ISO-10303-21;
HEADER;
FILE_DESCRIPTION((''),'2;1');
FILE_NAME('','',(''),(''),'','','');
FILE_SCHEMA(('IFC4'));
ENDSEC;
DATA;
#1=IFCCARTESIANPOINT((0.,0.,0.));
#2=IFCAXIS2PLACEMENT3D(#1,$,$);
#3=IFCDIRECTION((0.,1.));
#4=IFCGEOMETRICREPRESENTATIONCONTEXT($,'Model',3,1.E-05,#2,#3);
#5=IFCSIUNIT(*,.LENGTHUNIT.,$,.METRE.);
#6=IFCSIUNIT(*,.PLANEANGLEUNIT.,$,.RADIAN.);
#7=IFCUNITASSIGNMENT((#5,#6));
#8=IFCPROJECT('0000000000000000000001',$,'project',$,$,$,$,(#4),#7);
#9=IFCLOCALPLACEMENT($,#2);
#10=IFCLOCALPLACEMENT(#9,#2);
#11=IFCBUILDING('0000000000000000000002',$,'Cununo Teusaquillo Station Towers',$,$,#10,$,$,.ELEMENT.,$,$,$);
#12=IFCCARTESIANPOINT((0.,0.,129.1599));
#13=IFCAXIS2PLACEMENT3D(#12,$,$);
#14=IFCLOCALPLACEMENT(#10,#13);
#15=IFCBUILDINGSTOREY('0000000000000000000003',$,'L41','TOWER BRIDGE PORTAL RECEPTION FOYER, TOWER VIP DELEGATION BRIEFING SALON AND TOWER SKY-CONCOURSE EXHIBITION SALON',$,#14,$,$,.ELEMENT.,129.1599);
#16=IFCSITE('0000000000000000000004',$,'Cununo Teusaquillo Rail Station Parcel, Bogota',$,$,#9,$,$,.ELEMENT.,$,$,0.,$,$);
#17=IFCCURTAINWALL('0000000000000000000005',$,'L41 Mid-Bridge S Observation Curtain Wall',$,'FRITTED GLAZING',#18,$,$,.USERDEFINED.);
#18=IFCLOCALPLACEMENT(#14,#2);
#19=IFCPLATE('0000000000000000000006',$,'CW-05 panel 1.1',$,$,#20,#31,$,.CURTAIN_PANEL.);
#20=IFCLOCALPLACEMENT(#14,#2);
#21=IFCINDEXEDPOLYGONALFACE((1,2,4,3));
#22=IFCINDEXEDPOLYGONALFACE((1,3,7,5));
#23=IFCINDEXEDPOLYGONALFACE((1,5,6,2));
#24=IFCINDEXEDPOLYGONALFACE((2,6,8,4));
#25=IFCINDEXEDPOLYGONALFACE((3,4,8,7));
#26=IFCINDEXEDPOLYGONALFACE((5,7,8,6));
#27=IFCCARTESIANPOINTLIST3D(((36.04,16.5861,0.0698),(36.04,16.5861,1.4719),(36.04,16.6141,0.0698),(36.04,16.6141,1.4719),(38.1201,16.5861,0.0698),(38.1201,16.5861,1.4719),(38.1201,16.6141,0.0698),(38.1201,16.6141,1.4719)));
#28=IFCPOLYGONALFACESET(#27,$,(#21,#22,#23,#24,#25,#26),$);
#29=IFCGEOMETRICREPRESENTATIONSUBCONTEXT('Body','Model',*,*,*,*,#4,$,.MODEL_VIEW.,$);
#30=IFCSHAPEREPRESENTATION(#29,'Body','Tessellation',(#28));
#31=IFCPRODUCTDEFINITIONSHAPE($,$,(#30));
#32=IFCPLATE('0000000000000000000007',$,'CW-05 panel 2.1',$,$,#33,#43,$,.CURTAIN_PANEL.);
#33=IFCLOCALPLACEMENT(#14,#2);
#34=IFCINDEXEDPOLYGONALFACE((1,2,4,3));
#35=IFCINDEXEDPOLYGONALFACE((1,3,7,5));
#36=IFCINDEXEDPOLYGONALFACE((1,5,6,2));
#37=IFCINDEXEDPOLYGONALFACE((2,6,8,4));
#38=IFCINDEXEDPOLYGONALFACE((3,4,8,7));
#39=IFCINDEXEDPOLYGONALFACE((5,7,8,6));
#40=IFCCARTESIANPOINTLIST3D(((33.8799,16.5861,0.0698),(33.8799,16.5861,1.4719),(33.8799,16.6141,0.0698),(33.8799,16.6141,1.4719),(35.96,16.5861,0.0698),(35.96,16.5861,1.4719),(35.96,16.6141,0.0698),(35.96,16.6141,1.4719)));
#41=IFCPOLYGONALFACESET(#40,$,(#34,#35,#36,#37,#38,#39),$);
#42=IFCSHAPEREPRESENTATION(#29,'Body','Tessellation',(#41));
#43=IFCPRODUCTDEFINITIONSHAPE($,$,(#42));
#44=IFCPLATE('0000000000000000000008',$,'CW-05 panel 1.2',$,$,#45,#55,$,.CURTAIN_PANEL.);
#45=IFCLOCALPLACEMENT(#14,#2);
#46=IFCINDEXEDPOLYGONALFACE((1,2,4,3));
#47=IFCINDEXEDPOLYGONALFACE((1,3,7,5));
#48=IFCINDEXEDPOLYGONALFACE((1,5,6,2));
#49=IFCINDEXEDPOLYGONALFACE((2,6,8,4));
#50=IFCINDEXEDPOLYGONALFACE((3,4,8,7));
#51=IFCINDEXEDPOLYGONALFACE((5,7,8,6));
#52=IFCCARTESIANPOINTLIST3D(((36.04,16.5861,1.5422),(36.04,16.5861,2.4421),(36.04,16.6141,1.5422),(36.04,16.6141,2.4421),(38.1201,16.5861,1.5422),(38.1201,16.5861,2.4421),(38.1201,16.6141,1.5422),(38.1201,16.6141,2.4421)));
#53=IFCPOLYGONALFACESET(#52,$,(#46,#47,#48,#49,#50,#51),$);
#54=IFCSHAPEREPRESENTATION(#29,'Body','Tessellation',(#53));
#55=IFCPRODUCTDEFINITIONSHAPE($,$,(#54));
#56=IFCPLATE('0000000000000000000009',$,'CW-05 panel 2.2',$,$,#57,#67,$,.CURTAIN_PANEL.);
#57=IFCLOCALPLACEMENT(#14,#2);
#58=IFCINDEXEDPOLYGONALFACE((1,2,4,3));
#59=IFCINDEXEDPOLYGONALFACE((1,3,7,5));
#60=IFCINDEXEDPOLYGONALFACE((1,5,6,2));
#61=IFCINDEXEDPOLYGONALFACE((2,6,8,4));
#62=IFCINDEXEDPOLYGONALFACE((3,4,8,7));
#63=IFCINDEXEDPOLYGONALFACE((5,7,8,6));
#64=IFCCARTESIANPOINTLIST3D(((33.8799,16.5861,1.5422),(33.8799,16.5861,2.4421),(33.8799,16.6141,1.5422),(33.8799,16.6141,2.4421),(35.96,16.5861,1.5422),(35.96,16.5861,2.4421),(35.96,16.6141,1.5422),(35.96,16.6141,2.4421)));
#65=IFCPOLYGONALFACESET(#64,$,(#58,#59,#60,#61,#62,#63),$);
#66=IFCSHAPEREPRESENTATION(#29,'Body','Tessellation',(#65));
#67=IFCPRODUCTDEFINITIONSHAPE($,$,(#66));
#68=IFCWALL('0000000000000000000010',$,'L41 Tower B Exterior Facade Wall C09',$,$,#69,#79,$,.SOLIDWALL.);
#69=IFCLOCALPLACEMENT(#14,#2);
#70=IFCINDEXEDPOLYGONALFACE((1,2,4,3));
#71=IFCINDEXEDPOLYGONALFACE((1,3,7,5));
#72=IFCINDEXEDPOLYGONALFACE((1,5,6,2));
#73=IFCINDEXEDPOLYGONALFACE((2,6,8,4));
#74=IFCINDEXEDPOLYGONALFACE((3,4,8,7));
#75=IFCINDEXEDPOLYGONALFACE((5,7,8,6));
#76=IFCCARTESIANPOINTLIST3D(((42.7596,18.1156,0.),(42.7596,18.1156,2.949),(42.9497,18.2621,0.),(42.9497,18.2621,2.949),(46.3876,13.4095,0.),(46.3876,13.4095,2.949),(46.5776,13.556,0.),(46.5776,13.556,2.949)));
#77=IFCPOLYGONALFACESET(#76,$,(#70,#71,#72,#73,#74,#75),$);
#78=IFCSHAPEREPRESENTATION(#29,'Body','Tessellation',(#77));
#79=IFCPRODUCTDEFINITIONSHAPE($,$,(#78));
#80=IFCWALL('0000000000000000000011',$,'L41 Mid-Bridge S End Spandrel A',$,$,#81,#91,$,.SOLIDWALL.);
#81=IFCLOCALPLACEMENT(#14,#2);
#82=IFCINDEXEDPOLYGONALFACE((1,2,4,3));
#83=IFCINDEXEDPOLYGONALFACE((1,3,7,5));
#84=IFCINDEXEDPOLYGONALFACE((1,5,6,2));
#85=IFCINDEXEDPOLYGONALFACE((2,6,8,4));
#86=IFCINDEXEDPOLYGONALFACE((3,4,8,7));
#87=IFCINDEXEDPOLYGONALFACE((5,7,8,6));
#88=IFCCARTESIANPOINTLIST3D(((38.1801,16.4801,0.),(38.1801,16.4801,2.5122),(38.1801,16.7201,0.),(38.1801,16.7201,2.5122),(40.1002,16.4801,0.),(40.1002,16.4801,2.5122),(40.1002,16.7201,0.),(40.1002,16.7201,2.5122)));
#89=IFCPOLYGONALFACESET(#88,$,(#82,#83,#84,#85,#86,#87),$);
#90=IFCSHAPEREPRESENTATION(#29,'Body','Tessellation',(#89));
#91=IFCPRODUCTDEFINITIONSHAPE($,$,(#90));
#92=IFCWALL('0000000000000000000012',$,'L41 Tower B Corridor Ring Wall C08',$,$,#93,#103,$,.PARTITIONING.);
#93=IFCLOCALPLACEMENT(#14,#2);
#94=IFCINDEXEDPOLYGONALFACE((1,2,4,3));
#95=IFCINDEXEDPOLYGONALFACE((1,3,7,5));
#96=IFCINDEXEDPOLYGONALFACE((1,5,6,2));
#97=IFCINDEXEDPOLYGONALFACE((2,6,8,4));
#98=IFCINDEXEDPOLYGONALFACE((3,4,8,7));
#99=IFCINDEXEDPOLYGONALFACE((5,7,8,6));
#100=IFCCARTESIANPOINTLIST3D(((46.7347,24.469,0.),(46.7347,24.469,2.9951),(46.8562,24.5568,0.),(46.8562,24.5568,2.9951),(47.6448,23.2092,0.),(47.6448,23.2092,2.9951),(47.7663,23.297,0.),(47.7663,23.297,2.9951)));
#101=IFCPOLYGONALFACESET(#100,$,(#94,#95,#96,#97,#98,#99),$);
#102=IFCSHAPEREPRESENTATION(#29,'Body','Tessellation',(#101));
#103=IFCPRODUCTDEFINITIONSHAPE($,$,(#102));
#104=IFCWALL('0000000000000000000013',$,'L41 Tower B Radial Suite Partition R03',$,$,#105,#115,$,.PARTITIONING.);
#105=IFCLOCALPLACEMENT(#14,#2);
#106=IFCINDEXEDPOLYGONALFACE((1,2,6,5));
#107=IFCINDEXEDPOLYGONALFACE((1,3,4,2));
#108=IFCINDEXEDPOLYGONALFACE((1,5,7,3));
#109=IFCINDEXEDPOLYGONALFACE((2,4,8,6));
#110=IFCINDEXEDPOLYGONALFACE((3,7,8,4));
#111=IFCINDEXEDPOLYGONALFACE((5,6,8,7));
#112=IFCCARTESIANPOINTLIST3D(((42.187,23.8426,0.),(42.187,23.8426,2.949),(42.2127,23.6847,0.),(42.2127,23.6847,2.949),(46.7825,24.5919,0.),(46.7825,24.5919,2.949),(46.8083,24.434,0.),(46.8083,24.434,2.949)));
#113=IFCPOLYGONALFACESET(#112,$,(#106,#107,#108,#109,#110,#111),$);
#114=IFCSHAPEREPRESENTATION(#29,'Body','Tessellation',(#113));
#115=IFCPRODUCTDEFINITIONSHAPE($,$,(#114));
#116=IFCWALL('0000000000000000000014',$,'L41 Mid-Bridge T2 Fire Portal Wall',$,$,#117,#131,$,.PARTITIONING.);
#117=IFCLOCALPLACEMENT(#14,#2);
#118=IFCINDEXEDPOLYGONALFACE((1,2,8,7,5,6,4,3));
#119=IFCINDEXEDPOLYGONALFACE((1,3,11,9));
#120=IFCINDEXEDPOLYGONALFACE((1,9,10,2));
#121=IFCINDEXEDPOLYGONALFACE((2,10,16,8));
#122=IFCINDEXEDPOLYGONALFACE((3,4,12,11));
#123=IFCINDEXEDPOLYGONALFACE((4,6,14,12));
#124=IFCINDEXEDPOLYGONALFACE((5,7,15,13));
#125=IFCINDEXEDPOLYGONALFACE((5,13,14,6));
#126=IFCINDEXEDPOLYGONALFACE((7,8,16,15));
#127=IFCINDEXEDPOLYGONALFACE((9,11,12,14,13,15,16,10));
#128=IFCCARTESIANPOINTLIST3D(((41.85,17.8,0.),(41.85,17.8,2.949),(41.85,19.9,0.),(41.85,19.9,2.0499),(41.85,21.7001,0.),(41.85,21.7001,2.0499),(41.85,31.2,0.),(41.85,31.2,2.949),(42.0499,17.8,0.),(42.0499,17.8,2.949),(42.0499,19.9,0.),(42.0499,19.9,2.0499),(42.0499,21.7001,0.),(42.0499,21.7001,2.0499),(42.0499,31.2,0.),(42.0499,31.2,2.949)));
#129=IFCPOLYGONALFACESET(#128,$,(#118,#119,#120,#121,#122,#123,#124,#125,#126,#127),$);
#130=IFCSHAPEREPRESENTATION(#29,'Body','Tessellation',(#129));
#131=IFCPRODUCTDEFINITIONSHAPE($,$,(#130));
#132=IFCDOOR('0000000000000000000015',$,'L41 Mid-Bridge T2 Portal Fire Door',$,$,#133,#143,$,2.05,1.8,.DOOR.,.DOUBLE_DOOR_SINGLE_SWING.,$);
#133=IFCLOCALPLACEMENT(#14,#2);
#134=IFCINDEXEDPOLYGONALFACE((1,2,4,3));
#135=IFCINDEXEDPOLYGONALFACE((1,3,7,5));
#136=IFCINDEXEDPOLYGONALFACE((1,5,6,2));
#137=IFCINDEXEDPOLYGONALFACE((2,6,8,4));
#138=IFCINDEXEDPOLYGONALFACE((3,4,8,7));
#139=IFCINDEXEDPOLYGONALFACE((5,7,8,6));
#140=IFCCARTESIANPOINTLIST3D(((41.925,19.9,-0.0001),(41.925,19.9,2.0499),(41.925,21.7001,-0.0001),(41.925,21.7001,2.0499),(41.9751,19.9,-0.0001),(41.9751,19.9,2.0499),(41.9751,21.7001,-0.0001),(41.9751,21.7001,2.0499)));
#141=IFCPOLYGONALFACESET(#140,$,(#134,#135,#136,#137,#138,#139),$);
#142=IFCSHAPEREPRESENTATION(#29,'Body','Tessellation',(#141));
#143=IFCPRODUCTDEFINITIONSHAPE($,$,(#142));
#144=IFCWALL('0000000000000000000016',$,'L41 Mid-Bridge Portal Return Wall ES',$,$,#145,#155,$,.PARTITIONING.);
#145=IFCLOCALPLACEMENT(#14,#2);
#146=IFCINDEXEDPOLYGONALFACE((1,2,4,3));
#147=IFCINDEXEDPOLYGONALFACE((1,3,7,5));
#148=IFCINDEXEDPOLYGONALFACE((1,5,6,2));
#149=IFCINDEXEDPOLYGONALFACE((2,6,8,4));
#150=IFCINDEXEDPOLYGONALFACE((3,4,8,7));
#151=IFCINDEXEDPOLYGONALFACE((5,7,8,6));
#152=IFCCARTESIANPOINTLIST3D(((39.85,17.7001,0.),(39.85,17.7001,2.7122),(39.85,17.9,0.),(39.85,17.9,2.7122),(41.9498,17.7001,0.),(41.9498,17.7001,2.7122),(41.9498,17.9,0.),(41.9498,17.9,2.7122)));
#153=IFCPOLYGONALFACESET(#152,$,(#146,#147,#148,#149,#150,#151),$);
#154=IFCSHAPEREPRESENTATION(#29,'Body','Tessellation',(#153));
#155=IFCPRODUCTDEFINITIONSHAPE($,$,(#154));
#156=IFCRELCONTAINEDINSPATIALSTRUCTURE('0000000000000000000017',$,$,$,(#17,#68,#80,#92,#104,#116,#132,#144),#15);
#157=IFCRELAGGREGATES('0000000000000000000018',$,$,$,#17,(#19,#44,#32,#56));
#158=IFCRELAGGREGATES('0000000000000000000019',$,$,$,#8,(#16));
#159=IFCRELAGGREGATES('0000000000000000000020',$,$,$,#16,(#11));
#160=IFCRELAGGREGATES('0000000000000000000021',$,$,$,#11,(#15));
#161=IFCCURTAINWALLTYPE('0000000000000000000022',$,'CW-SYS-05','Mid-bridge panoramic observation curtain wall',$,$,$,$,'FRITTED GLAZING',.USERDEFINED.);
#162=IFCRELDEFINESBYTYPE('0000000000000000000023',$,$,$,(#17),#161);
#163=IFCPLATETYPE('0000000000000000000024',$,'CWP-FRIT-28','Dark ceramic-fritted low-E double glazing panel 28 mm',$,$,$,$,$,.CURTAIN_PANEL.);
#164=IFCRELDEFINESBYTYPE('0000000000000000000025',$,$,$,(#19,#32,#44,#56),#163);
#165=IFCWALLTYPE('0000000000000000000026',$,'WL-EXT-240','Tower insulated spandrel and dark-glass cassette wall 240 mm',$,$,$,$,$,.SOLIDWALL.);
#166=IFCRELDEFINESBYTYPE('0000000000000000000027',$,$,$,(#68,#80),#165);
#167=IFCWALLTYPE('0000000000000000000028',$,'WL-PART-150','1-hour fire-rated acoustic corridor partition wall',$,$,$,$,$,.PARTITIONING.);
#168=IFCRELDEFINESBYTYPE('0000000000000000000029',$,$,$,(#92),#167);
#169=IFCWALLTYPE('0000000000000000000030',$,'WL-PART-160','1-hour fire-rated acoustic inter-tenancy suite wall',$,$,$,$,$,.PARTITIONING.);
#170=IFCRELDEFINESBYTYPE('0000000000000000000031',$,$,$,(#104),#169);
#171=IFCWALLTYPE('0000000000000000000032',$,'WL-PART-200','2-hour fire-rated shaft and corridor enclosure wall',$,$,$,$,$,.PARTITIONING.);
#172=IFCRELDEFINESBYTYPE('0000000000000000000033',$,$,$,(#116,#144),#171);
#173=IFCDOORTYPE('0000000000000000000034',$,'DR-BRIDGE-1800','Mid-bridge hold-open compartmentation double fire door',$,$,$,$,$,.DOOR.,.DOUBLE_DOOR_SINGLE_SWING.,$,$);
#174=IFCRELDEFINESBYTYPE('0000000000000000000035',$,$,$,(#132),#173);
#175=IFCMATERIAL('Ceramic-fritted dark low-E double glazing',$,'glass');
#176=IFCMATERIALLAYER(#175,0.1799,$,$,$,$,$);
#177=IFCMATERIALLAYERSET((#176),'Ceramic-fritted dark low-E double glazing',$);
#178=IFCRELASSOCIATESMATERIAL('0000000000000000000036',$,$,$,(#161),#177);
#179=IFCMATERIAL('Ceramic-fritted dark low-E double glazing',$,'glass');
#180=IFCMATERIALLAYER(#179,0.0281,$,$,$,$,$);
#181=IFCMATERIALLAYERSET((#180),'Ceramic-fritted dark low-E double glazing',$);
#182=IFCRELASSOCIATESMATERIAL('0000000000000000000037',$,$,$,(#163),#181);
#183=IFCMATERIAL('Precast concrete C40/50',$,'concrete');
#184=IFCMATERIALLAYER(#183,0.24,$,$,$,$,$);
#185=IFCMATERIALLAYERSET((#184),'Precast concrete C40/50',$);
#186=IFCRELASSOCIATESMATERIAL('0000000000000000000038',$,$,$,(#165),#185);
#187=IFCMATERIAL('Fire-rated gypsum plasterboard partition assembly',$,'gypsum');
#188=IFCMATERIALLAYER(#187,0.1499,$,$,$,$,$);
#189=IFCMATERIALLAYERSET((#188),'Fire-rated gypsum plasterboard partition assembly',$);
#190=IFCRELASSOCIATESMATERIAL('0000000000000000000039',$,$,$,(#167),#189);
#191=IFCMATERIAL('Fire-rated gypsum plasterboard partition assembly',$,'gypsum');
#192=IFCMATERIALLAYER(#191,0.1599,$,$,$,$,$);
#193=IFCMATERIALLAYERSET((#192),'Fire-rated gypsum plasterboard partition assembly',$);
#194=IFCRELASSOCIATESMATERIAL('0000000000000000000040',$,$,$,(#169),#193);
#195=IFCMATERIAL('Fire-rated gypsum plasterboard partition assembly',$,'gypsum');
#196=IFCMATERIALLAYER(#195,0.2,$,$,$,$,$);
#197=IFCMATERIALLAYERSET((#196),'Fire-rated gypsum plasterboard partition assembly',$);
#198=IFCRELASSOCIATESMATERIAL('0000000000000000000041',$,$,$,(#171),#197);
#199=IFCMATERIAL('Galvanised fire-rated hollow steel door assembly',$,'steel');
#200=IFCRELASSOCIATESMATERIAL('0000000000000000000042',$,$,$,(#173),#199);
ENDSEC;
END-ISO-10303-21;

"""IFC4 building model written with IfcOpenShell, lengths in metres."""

from ifc_helpers import new_model, si_unit, direction, frame, frame_2d, origin, origin_2d, place, context, subcontext, project, spatial, rectangle, extrude, source, transform, mapped, material, layer, layer_set, type_object, element, fill, aggregate, save


model = new_model("IFC4")

# Units and contexts
model_context = context("Model", 3, precision=1e-05, world=origin(), true_north=direction((0.0, 1.0)))
body_context = subcontext(model_context, "Body", "Model", "MODEL_VIEW")
ifc_project = project(units=[si_unit("LENGTHUNIT", "METRE"), si_unit("PLANEANGLEUNIT", "RADIAN")], contexts=[model_context])

# Site, building, storey
site_placement = place(None, origin())
site = spatial("IfcSite", under=ifc_project, at=site_placement, Name="Cununo Teusaquillo Rail Station Parcel, Bogota", CompositionType="ELEMENT", RefElevation=0.0)
building_placement = place(site_placement, origin())
building = spatial("IfcBuilding", under=site, at=building_placement, Name="Cununo Teusaquillo Station Towers", CompositionType="ELEMENT")
storey_placement = place(building_placement, frame((0.0, 0.0, 129.1599)))
storey = spatial("IfcBuildingStorey", under=building, at=storey_placement, Name="L41", Description="TOWER BRIDGE PORTAL RECEPTION FOYER, TOWER VIP DELEGATION BRIEFING SALON AND TOWER SKY-CONCOURSE EXHIBITION SALON", CompositionType="ELEMENT", Elevation=129.1599)

# Curtain wall
ifc_material_1 = material(Name="Ceramic-fritted dark low-E double glazing", Category="glass")
ifc_layer_1 = layer(ifc_material_1, 0.1799)
ifc_layer_set_1 = layer_set([ifc_layer_1], Name="Ceramic-fritted dark low-E double glazing")
curtain_wall_type = type_object("IfcCurtainWallType", Name="CW-SYS-05", Description="Mid-bridge panoramic observation curtain wall", ElementType="FRITTED GLAZING", PredefinedType="USERDEFINED", material=ifc_layer_set_1)
curtain_wall_placement = place(storey_placement, origin())
curtain_wall = element("IfcCurtainWall", 1, at=curtain_wall_placement, inside=storey, type_object=curtain_wall_type, Name="L41 Mid-Bridge S Observation Curtain Wall", ObjectType="FRITTED GLAZING", PredefinedType="USERDEFINED")

# Plates
ifc_material_2 = material(Name="Ceramic-fritted dark low-E double glazing", Category="glass")
ifc_layer_2 = layer(ifc_material_2, 0.0281)
ifc_layer_set_2 = layer_set([ifc_layer_2], Name="Ceramic-fritted dark low-E double glazing")
plate_type_1 = type_object("IfcPlateType", Name="CWP-FRIT-28", Description="Dark ceramic-fritted low-E double glazing panel 28 mm", PredefinedType="CURTAIN_PANEL", material=ifc_layer_set_2)
shared_shape_1 = source(origin(), body_context, "Body", "SweptSolid", [
    extrude(rectangle(XDim=2.0801, YDim=0.0281, at=origin_2d()), origin(), (0.0, 0.0, 1.0), 1.4021),
])
plate_1_placement = place(storey_placement, frame((37.0801, 16.6001, 0.0698), z_axis=(0.0, 0.0, 1.0), x_axis=(-1.0, 0.0, 0.0)))
plate_1 = element("IfcPlate", 2, at=plate_1_placement, type_object=plate_type_1, Name="CW-05 panel 1.1", PredefinedType="CURTAIN_PANEL", context=body_context, shape_type="MappedRepresentation", body=[
    mapped(shared_shape_1, transform((0.0, 0.0, 0.0), x_axis=(1.0, 0.0, 0.0), y_axis=(0.0, 1.0, 0.0), z_axis=(0.0, 0.0, 1.0), scale=1.0)),
])
plate_2_placement = place(storey_placement, frame((34.9199, 16.6001, 0.0698), z_axis=(0.0, 0.0, 1.0), x_axis=(-1.0, 0.0, 0.0)))
plate_2 = element("IfcPlate", 3, at=plate_2_placement, type_object=plate_type_1, Name="CW-05 panel 2.1", PredefinedType="CURTAIN_PANEL", context=body_context, shape_type="MappedRepresentation", body=[
    mapped(shared_shape_1, transform((0.0, 0.0, 0.0), x_axis=(1.0, 0.0, 0.0), y_axis=(0.0, 1.0, 0.0), z_axis=(0.0, 0.0, 1.0), scale=1.0)),
])
shared_shape_2 = source(origin(), body_context, "Body", "SweptSolid", [
    extrude(rectangle(XDim=2.0801, YDim=0.0281, at=origin_2d()), origin(), (0.0, 0.0, 1.0), 0.8999),
])
plate_3_placement = place(storey_placement, frame((37.0801, 16.6001, 1.5422), z_axis=(0.0, 0.0, 1.0), x_axis=(-1.0, 0.0, 0.0)))
plate_3 = element("IfcPlate", 4, at=plate_3_placement, type_object=plate_type_1, Name="CW-05 panel 1.2", PredefinedType="CURTAIN_PANEL", context=body_context, shape_type="MappedRepresentation", body=[
    mapped(shared_shape_2, transform((0.0, 0.0, 0.0), x_axis=(1.0, 0.0, 0.0), y_axis=(0.0, 1.0, 0.0), z_axis=(0.0, 0.0, 1.0), scale=1.0)),
])
plate_4_placement = place(storey_placement, frame((34.9199, 16.6001, 1.5422), z_axis=(0.0, 0.0, 1.0), x_axis=(-1.0, 0.0, 0.0)))
plate_4 = element("IfcPlate", 5, at=plate_4_placement, type_object=plate_type_1, Name="CW-05 panel 2.2", PredefinedType="CURTAIN_PANEL", context=body_context, shape_type="MappedRepresentation", body=[
    mapped(shared_shape_2, transform((0.0, 0.0, 0.0), x_axis=(1.0, 0.0, 0.0), y_axis=(0.0, 1.0, 0.0), z_axis=(0.0, 0.0, 1.0), scale=1.0)),
])
aggregate(curtain_wall, [plate_1, plate_3, plate_2, plate_4])

# Walls
ifc_material_3 = material(Name="Precast concrete C40/50", Category="concrete")
ifc_layer_3 = layer(ifc_material_3, 0.24)
ifc_layer_set_3 = layer_set([ifc_layer_3], Name="Precast concrete C40/50")
wall_type_1 = type_object("IfcWallType", Name="WL-EXT-240", Description="Tower insulated spandrel and dark-glass cassette wall 240 mm", PredefinedType="SOLIDWALL", material=ifc_layer_set_3)
wall_1_placement = place(storey_placement, frame((46.4827, 13.4827, 0.0), z_axis=(0.0, 0.0, 1.0), x_axis=(-0.610544, 0.791982, 0.0)))
element("IfcWall", 6, at=wall_1_placement, inside=storey, type_object=wall_type_1, Name="L41 Tower B Exterior Facade Wall C09", PredefinedType="SOLIDWALL", context=body_context, shape_type="SweptSolid", body=[
    extrude(rectangle(XDim=5.9421, YDim=0.24, at=frame_2d((2.9712, 0.0))), origin(), (0.0, 0.0, 1.0), 2.949),
])
wall_2_placement = place(storey_placement, frame((40.1001, 16.6001, 0.0), z_axis=(0.0, 0.0, 1.0), x_axis=(-1.0, 0.0, 0.0)))
element("IfcWall", 7, at=wall_2_placement, inside=storey, type_object=wall_type_1, Name="L41 Mid-Bridge S End Spandrel A", PredefinedType="SOLIDWALL", context=body_context, shape_type="SweptSolid", body=[
    extrude(rectangle(XDim=1.9202, YDim=0.24, at=frame_2d((0.96, 0.0))), origin(), (0.0, 0.0, 1.0), 2.5122),
])
ifc_material_4 = material(Name="Fire-rated gypsum plasterboard partition assembly", Category="gypsum")
ifc_layer_4 = layer(ifc_material_4, 0.1499)
ifc_layer_set_4 = layer_set([ifc_layer_4], Name="Fire-rated gypsum plasterboard partition assembly")
wall_type_2 = type_object("IfcWallType", Name="WL-PART-150", Description="1-hour fire-rated acoustic corridor partition wall", PredefinedType="PARTITIONING", material=ifc_layer_set_4)
wall_3_placement = place(storey_placement, frame((46.7954, 24.5129, 0.0), z_axis=(0.0, 0.0, 1.0), x_axis=(0.585628, -0.81058, 0.0)))
element("IfcWall", 8, at=wall_3_placement, inside=storey, type_object=wall_type_2, Name="L41 Tower B Corridor Ring Wall C08", PredefinedType="PARTITIONING", context=body_context, shape_type="SweptSolid", body=[
    extrude(rectangle(XDim=1.5542, YDim=0.1499, at=frame_2d((0.7771, 0.0))), origin(), (0.0, 0.0, 1.0), 2.9951),
])
ifc_material_5 = material(Name="Fire-rated gypsum plasterboard partition assembly", Category="gypsum")
ifc_layer_5 = layer(ifc_material_5, 0.1599)
ifc_layer_set_5 = layer_set([ifc_layer_5], Name="Fire-rated gypsum plasterboard partition assembly")
wall_type_3 = type_object("IfcWallType", Name="WL-PART-160", Description="1-hour fire-rated acoustic inter-tenancy suite wall", PredefinedType="PARTITIONING", material=ifc_layer_set_5)
wall_4_placement = place(storey_placement, frame((46.7954, 24.5129, 0.0), z_axis=(0.0, 0.0, 1.0), x_axis=(-0.986967, -0.16092, 0.0)))
element("IfcWall", 9, at=wall_4_placement, inside=storey, type_object=wall_type_3, Name="L41 Tower B Radial Suite Partition R03", PredefinedType="PARTITIONING", context=body_context, shape_type="SweptSolid", body=[
    extrude(rectangle(XDim=4.6562, YDim=0.1599, at=frame_2d((2.3281, 0.0))), origin(), (0.0, 0.0, 1.0), 2.949),
])

# Wall, opening, door
ifc_material_6 = material(Name="Fire-rated gypsum plasterboard partition assembly", Category="gypsum")
ifc_layer_6 = layer(ifc_material_6, 0.2)
ifc_layer_set_6 = layer_set([ifc_layer_6], Name="Fire-rated gypsum plasterboard partition assembly")
wall_type_4 = type_object("IfcWallType", Name="WL-PART-200", Description="2-hour fire-rated shaft and corridor enclosure wall", PredefinedType="PARTITIONING", material=ifc_layer_set_6)
wall_5_placement = place(storey_placement, frame((41.95, 17.8, 0.0), z_axis=(0.0, 0.0, 1.0), x_axis=(0.0, 1.0, 0.0)))
wall_5 = element("IfcWall", 10, at=wall_5_placement, inside=storey, type_object=wall_type_4, Name="L41 Mid-Bridge T2 Fire Portal Wall", PredefinedType="PARTITIONING", context=body_context, shape_type="SweptSolid", body=[
    extrude(rectangle(XDim=13.3999, YDim=0.2, at=frame_2d((6.7, 0.0))), origin(), (0.0, 0.0, 1.0), 2.949),
])
shared_shape_3 = source(origin(), body_context, "Body", "SweptSolid", [
    extrude(rectangle(XDim=1.8, YDim=2.05, at=frame_2d((0.8999, 1.0249))), frame((0.0, 0.1099, 0.0), z_axis=(0.0, -1.0, 0.0), x_axis=(1.0, 0.0, 0.0)), (0.0, 0.0, 1.0), 0.22),
])
opening_placement = place(wall_5_placement, frame((2.1001, 0.0, 0.0)))
opening = element("IfcOpeningElement", 11, at=opening_placement, cuts=wall_5, PredefinedType="OPENING", context=body_context, shape_type="MappedRepresentation", body=[
    mapped(shared_shape_3, transform((0.0, 0.0, 0.0), x_axis=(1.0, 0.0, 0.0), y_axis=(0.0, 1.0, 0.0), z_axis=(0.0, 0.0, 1.0), scale=1.0)),
])
ifc_material_7 = material(Name="Galvanised fire-rated hollow steel door assembly", Category="steel")
door_type = type_object("IfcDoorType", Name="DR-BRIDGE-1800", Description="Mid-bridge hold-open compartmentation double fire door", OperationType="DOUBLE_DOOR_SINGLE_SWING", PredefinedType="DOOR", material=ifc_material_7)
shared_shape_4 = source(origin(), body_context, "Body", "SweptSolid", [
    extrude(rectangle(XDim=1.8, YDim=2.05, at=frame_2d((0.8999, 1.0249))), frame((0.0, 0.0249, 0.0), z_axis=(0.0, -1.0, 0.0), x_axis=(1.0, 0.0, 0.0)), (0.0, 0.0, 1.0), 0.05),
])
door_placement = place(opening_placement, origin())
door = element("IfcDoor", 12, at=door_placement, inside=storey, type_object=door_type, Name="L41 Mid-Bridge T2 Portal Fire Door", OperationType="DOUBLE_DOOR_SINGLE_SWING", OverallHeight=2.05, OverallWidth=1.8, PredefinedType="DOOR", context=body_context, shape_type="MappedRepresentation", body=[
    mapped(shared_shape_4, transform((0.0, 0.0, 0.0), x_axis=(1.0, 0.0, 0.0), y_axis=(0.0, 1.0, 0.0), z_axis=(0.0, 0.0, 1.0), scale=1.0)),
])
fill(opening, door)

# Wall
wall_6_placement = place(storey_placement, frame((39.8501, 17.8, 0.0), z_axis=(0.0, 0.0, 1.0), x_axis=(1.0, 0.0, 0.0)))
element("IfcWall", 13, at=wall_6_placement, inside=storey, type_object=wall_type_4, Name="L41 Mid-Bridge Portal Return Wall ES", PredefinedType="PARTITIONING", context=body_context, shape_type="SweptSolid", body=[
    extrude(rectangle(XDim=2.0999, YDim=0.2, at=frame_2d((1.0498, 0.0))), origin(), (0.0, 0.0, 1.0), 2.7122),
])

save(model, "model.ifc")
